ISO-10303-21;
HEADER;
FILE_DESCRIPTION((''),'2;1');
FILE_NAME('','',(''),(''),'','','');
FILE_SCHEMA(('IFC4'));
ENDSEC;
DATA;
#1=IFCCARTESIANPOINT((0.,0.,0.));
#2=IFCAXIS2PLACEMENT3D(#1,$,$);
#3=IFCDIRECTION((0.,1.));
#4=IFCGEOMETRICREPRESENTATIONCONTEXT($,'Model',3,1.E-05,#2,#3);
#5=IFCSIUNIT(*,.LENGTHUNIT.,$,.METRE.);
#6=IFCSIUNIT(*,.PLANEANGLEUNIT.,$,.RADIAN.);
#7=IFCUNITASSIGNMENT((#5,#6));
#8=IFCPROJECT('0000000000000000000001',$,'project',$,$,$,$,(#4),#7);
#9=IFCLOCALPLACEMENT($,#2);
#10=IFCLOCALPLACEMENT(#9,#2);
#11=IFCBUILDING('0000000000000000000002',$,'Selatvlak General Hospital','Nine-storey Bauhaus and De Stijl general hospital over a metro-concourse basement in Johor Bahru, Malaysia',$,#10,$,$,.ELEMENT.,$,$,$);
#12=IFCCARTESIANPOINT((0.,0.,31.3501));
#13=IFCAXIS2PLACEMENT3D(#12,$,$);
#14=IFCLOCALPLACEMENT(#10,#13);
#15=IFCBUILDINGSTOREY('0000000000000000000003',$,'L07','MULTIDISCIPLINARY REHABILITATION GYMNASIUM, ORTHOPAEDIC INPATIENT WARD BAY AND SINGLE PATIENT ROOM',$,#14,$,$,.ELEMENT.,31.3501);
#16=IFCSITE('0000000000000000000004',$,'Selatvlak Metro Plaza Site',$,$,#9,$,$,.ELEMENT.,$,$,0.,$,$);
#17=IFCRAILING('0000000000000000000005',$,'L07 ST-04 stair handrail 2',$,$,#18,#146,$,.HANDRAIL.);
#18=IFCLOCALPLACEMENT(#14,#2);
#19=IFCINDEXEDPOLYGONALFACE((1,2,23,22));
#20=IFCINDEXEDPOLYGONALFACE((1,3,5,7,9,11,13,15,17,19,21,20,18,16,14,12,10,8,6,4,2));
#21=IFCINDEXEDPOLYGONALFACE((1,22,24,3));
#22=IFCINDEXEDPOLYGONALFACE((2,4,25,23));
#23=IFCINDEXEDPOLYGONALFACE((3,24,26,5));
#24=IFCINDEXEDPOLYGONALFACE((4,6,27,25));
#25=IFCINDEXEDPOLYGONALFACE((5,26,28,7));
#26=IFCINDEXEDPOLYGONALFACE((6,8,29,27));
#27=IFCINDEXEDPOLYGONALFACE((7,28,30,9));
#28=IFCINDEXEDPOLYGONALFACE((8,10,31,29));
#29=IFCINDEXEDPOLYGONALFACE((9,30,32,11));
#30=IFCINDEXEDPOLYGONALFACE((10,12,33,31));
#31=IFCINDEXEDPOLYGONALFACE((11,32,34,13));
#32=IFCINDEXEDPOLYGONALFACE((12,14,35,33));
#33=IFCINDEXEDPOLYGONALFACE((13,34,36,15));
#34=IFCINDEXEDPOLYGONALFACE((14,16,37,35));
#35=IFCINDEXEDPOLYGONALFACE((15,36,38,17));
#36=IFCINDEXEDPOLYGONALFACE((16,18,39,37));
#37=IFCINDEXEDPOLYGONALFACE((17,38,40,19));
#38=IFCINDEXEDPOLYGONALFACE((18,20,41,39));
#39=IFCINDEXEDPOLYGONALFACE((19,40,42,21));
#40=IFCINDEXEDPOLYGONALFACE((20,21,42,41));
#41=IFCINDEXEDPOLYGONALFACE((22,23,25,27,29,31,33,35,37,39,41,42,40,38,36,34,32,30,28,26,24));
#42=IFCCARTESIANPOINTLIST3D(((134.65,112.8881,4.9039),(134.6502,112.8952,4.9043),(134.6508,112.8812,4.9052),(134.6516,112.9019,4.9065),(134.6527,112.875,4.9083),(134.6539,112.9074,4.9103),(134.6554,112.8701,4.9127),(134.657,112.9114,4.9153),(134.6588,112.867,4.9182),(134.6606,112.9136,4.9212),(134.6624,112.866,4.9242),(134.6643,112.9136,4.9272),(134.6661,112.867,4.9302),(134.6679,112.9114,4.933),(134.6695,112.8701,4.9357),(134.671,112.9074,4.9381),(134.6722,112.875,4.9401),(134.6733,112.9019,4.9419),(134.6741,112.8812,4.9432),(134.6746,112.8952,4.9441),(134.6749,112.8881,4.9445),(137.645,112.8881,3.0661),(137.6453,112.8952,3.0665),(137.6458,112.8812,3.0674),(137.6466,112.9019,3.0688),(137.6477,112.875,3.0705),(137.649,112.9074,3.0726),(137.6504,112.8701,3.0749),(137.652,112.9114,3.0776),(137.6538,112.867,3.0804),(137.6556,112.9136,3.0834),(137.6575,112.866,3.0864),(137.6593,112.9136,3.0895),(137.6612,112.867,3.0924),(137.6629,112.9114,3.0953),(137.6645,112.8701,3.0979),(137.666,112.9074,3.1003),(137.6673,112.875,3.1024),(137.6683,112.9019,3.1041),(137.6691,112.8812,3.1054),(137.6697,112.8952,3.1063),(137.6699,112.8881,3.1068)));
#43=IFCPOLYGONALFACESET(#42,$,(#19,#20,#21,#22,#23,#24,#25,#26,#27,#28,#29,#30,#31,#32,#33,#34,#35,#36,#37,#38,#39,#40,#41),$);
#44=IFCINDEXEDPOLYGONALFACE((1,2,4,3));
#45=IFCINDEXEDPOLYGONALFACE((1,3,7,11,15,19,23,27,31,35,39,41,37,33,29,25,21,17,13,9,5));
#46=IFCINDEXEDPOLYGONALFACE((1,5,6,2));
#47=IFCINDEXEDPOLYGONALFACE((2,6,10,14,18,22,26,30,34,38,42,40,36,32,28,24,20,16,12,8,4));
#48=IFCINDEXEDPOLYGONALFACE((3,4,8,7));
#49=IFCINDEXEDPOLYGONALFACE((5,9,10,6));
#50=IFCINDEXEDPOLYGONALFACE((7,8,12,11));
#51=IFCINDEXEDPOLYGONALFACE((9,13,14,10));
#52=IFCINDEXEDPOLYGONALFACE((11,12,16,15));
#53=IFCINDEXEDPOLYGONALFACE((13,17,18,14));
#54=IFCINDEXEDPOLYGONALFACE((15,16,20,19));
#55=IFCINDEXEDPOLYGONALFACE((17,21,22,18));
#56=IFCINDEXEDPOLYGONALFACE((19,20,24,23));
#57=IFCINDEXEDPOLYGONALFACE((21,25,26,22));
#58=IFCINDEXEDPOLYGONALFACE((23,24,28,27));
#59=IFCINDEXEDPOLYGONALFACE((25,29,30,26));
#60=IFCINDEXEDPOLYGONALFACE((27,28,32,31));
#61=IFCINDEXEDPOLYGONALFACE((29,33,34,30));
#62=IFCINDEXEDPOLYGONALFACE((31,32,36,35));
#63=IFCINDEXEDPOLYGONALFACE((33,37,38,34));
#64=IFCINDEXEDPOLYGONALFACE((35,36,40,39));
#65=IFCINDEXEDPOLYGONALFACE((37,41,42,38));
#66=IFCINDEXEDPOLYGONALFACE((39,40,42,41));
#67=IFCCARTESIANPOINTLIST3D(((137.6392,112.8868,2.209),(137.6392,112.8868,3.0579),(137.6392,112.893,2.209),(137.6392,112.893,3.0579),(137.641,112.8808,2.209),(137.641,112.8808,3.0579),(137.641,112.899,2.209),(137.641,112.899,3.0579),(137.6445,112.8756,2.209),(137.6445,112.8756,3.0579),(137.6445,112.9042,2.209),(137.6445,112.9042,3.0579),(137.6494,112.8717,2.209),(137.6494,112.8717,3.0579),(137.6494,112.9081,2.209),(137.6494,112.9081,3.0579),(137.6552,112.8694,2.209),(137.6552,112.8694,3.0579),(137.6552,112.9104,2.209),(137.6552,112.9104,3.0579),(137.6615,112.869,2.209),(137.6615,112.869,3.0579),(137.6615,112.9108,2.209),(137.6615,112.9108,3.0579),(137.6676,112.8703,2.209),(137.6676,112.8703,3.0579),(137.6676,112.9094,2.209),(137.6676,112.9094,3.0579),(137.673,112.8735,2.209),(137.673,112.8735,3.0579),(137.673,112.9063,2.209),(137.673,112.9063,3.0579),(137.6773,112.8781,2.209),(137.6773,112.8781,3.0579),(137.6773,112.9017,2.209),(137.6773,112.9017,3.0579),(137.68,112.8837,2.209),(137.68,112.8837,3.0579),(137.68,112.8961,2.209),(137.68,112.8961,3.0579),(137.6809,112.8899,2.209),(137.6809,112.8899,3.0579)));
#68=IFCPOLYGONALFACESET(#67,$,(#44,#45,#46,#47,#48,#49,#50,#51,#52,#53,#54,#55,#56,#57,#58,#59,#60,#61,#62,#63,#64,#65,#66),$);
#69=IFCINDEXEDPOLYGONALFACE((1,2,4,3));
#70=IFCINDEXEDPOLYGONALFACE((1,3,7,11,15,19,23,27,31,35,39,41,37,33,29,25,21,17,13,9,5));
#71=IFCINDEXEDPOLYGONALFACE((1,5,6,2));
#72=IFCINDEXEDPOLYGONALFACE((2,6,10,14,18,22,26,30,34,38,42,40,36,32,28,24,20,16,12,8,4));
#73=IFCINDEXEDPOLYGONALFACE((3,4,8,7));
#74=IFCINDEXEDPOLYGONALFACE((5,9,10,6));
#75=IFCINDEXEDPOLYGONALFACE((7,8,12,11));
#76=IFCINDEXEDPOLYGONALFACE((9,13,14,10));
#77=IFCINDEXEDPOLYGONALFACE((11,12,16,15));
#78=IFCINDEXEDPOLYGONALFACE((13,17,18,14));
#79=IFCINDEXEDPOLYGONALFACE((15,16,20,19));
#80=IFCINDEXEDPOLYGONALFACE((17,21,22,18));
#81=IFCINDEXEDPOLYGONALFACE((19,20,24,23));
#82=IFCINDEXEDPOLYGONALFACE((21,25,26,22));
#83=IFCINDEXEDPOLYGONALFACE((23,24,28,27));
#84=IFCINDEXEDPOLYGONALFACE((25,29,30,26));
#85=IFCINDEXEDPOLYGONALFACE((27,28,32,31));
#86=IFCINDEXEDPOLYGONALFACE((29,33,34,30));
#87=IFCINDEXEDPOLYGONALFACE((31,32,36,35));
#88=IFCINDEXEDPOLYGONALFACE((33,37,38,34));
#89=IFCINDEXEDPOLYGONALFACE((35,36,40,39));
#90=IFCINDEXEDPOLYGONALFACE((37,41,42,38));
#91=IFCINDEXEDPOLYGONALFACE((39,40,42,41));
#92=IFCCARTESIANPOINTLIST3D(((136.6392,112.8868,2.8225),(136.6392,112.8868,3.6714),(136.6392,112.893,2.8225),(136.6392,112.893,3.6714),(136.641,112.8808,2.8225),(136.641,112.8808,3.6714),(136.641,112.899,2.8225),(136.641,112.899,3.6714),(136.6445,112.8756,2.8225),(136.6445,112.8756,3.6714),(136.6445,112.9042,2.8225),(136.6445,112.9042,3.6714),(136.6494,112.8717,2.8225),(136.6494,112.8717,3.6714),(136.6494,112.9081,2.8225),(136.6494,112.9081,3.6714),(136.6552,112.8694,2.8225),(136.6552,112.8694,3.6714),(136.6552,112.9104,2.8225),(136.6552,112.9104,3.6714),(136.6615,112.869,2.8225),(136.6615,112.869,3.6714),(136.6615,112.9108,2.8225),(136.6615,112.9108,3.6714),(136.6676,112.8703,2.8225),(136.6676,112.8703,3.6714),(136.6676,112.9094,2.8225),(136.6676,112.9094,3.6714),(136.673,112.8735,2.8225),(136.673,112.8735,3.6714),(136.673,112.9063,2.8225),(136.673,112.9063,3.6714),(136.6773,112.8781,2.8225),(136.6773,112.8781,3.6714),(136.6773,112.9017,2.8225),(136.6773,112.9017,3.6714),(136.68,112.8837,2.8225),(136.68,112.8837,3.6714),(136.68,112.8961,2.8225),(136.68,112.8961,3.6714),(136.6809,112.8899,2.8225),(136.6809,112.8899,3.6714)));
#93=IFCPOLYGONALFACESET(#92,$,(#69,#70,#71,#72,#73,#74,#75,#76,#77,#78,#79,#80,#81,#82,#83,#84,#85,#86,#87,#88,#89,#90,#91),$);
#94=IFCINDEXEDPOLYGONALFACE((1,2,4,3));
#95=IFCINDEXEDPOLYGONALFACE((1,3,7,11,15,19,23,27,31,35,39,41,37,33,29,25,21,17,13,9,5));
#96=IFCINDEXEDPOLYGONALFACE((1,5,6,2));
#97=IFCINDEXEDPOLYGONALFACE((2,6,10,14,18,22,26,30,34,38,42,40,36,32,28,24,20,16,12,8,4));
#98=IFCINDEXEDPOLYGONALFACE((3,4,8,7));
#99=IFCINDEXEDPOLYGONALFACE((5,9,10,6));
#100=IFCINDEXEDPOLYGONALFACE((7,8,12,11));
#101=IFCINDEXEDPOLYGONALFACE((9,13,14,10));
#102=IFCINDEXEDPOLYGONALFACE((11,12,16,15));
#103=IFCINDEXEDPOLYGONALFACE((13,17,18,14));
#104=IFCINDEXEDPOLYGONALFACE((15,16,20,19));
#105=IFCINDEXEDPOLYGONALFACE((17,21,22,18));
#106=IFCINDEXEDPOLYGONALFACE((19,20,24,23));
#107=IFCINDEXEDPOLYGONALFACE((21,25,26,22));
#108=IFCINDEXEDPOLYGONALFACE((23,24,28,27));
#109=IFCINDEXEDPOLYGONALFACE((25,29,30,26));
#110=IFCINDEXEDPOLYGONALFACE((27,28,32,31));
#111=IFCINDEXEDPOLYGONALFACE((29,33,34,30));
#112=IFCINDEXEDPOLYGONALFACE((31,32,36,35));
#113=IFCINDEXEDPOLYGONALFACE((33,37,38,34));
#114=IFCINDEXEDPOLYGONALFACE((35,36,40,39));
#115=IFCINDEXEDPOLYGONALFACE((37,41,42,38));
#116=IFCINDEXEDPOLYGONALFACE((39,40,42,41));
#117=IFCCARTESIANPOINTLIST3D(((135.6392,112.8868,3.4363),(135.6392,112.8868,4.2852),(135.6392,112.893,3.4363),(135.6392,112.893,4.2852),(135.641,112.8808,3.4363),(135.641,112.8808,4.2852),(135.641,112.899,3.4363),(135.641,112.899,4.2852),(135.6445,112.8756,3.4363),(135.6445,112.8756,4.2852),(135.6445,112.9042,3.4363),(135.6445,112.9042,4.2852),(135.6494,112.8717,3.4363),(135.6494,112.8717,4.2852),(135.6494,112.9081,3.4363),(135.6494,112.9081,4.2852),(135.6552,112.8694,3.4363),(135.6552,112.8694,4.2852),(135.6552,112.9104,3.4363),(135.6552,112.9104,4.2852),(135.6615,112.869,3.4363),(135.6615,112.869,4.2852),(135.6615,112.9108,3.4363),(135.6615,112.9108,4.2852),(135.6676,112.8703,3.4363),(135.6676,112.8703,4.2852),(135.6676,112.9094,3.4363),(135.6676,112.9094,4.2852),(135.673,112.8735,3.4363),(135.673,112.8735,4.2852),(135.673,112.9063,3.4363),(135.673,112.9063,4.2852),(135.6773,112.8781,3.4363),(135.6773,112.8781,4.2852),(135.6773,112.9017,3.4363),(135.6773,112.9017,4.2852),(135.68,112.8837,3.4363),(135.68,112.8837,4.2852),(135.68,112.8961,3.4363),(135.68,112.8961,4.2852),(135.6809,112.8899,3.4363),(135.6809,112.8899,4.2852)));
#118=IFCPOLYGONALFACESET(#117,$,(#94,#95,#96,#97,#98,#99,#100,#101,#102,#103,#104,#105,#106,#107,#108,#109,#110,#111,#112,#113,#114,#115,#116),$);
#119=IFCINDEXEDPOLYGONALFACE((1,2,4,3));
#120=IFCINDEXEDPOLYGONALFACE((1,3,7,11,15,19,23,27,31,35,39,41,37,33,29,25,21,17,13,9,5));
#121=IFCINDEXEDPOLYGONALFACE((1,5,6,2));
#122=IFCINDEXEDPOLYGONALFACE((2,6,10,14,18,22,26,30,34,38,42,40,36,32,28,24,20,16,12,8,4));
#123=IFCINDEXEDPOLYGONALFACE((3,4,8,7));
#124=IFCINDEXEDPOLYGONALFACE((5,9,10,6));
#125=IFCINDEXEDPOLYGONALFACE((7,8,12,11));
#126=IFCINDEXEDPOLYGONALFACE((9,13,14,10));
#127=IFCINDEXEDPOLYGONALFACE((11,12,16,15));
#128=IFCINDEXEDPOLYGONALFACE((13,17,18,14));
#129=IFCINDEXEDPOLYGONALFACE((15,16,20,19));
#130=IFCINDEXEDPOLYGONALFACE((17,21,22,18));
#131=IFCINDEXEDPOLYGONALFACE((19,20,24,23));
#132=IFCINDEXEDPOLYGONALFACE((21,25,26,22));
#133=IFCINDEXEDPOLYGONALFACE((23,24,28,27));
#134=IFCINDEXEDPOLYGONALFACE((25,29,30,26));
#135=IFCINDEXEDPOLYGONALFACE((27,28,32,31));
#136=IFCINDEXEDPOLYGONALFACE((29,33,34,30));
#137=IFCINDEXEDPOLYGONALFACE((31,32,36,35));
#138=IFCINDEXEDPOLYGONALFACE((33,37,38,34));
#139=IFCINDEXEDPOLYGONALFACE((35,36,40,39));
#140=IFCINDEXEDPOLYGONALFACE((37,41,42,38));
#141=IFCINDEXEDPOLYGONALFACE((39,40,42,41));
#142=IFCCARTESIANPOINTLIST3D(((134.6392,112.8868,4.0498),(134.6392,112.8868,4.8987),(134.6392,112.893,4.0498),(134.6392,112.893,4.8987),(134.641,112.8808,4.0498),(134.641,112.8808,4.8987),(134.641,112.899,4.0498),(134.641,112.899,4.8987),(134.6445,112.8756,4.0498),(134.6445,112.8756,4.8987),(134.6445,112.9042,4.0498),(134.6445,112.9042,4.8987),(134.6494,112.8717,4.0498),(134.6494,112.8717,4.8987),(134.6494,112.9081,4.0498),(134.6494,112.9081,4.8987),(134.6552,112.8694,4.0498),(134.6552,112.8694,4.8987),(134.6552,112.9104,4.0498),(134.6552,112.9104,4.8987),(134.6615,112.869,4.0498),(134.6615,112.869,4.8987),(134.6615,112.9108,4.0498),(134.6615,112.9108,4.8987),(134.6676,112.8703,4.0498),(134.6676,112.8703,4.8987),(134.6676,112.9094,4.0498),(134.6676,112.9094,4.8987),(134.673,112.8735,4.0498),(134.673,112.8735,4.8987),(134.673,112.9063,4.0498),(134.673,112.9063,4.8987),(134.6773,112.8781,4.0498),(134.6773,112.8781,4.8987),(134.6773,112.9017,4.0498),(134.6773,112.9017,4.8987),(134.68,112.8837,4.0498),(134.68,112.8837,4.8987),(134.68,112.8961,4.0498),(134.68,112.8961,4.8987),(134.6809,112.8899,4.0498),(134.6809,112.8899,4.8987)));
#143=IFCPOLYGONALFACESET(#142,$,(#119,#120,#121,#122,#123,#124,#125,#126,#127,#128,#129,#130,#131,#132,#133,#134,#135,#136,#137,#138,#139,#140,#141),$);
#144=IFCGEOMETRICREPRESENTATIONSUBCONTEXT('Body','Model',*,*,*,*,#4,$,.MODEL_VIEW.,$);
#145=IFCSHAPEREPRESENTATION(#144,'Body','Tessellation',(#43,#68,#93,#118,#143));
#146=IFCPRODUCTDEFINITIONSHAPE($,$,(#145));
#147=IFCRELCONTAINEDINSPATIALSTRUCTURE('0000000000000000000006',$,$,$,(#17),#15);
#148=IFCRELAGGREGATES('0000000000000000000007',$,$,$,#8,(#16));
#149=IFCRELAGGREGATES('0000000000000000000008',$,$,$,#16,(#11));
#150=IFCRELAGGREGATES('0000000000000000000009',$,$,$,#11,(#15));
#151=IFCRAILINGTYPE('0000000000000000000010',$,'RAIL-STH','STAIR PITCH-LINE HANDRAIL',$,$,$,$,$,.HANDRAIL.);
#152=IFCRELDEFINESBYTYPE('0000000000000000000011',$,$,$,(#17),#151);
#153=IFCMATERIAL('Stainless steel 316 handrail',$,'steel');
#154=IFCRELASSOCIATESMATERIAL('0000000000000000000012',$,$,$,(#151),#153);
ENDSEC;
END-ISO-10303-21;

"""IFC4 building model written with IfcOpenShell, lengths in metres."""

from ifc_helpers import new_model, si_unit, direction, frame, origin, origin_2d, place, context, subcontext, project, spatial, circle, extrude, material, type_object, element, save


model = new_model("IFC4")

# Units and contexts
model_context = context("Model", 3, precision=1e-05, world=origin(), true_north=direction((0.0, 1.0)))
body_context = subcontext(model_context, "Body", "Model", "MODEL_VIEW")
ifc_project = project(units=[si_unit("LENGTHUNIT", "METRE"), si_unit("PLANEANGLEUNIT", "RADIAN")], contexts=[model_context])

# Site, building, storey
site_placement = place(None, origin())
site = spatial("IfcSite", under=ifc_project, at=site_placement, Name="Selatvlak Metro Plaza Site", CompositionType="ELEMENT", RefElevation=0.0)
building_placement = place(site_placement, origin())
building = spatial("IfcBuilding", under=site, at=building_placement, Name="Selatvlak General Hospital", Description="Nine-storey Bauhaus and De Stijl general hospital over a metro-concourse basement in Johor Bahru, Malaysia", CompositionType="ELEMENT")
storey_placement = place(building_placement, frame((0.0, 0.0, 31.3501)))
storey = spatial("IfcBuildingStorey", under=building, at=storey_placement, Name="L07", Description="MULTIDISCIPLINARY REHABILITATION GYMNASIUM, ORTHOPAEDIC INPATIENT WARD BAY AND SINGLE PATIENT ROOM", CompositionType="ELEMENT", Elevation=31.3501)

# Railing
ifc_material_1 = material(Name="Stainless steel 316 handrail", Category="steel")
railing_type_1 = type_object("IfcRailingType", Name="RAIL-STH", Description="STAIR PITCH-LINE HANDRAIL", PredefinedType="HANDRAIL", material=ifc_material_1)
railing_1_placement = place(storey_placement, frame((137.6599, 112.8899, 2.209)))
element("IfcRailing", 1, at=railing_1_placement, inside=storey, type_object=railing_type_1, Name="L07 ST-04 stair handrail 2", PredefinedType="HANDRAIL", context=body_context, shape_type="SweptSolid", body=[
    extrude(circle(Radius=0.0239, at=origin_2d()), frame((-0.0024, 0.0, 0.8774), z_axis=(-0.852334, 0.0, 0.522998), x_axis=(0.0, -1.0, 0.0)), (0.0, 0.0, 1.0), 3.5139),
    extrude(circle(Radius=0.021, at=origin_2d()), origin(), (0.0, 0.0, 1.0), 0.8489),
    extrude(circle(Radius=0.021, at=origin_2d()), frame((-1.0, 0.0, 0.6135)), (0.0, 0.0, 1.0), 0.8489),
    extrude(circle(Radius=0.021, at=origin_2d()), frame((-2.0, 0.0, 1.2273)), (0.0, 0.0, 1.0), 0.8489),
    extrude(circle(Radius=0.021, at=origin_2d()), frame((-3.0, 0.0, 1.8408)), (0.0, 0.0, 1.0), 0.8489),
])

save(model, "model.ifc")
